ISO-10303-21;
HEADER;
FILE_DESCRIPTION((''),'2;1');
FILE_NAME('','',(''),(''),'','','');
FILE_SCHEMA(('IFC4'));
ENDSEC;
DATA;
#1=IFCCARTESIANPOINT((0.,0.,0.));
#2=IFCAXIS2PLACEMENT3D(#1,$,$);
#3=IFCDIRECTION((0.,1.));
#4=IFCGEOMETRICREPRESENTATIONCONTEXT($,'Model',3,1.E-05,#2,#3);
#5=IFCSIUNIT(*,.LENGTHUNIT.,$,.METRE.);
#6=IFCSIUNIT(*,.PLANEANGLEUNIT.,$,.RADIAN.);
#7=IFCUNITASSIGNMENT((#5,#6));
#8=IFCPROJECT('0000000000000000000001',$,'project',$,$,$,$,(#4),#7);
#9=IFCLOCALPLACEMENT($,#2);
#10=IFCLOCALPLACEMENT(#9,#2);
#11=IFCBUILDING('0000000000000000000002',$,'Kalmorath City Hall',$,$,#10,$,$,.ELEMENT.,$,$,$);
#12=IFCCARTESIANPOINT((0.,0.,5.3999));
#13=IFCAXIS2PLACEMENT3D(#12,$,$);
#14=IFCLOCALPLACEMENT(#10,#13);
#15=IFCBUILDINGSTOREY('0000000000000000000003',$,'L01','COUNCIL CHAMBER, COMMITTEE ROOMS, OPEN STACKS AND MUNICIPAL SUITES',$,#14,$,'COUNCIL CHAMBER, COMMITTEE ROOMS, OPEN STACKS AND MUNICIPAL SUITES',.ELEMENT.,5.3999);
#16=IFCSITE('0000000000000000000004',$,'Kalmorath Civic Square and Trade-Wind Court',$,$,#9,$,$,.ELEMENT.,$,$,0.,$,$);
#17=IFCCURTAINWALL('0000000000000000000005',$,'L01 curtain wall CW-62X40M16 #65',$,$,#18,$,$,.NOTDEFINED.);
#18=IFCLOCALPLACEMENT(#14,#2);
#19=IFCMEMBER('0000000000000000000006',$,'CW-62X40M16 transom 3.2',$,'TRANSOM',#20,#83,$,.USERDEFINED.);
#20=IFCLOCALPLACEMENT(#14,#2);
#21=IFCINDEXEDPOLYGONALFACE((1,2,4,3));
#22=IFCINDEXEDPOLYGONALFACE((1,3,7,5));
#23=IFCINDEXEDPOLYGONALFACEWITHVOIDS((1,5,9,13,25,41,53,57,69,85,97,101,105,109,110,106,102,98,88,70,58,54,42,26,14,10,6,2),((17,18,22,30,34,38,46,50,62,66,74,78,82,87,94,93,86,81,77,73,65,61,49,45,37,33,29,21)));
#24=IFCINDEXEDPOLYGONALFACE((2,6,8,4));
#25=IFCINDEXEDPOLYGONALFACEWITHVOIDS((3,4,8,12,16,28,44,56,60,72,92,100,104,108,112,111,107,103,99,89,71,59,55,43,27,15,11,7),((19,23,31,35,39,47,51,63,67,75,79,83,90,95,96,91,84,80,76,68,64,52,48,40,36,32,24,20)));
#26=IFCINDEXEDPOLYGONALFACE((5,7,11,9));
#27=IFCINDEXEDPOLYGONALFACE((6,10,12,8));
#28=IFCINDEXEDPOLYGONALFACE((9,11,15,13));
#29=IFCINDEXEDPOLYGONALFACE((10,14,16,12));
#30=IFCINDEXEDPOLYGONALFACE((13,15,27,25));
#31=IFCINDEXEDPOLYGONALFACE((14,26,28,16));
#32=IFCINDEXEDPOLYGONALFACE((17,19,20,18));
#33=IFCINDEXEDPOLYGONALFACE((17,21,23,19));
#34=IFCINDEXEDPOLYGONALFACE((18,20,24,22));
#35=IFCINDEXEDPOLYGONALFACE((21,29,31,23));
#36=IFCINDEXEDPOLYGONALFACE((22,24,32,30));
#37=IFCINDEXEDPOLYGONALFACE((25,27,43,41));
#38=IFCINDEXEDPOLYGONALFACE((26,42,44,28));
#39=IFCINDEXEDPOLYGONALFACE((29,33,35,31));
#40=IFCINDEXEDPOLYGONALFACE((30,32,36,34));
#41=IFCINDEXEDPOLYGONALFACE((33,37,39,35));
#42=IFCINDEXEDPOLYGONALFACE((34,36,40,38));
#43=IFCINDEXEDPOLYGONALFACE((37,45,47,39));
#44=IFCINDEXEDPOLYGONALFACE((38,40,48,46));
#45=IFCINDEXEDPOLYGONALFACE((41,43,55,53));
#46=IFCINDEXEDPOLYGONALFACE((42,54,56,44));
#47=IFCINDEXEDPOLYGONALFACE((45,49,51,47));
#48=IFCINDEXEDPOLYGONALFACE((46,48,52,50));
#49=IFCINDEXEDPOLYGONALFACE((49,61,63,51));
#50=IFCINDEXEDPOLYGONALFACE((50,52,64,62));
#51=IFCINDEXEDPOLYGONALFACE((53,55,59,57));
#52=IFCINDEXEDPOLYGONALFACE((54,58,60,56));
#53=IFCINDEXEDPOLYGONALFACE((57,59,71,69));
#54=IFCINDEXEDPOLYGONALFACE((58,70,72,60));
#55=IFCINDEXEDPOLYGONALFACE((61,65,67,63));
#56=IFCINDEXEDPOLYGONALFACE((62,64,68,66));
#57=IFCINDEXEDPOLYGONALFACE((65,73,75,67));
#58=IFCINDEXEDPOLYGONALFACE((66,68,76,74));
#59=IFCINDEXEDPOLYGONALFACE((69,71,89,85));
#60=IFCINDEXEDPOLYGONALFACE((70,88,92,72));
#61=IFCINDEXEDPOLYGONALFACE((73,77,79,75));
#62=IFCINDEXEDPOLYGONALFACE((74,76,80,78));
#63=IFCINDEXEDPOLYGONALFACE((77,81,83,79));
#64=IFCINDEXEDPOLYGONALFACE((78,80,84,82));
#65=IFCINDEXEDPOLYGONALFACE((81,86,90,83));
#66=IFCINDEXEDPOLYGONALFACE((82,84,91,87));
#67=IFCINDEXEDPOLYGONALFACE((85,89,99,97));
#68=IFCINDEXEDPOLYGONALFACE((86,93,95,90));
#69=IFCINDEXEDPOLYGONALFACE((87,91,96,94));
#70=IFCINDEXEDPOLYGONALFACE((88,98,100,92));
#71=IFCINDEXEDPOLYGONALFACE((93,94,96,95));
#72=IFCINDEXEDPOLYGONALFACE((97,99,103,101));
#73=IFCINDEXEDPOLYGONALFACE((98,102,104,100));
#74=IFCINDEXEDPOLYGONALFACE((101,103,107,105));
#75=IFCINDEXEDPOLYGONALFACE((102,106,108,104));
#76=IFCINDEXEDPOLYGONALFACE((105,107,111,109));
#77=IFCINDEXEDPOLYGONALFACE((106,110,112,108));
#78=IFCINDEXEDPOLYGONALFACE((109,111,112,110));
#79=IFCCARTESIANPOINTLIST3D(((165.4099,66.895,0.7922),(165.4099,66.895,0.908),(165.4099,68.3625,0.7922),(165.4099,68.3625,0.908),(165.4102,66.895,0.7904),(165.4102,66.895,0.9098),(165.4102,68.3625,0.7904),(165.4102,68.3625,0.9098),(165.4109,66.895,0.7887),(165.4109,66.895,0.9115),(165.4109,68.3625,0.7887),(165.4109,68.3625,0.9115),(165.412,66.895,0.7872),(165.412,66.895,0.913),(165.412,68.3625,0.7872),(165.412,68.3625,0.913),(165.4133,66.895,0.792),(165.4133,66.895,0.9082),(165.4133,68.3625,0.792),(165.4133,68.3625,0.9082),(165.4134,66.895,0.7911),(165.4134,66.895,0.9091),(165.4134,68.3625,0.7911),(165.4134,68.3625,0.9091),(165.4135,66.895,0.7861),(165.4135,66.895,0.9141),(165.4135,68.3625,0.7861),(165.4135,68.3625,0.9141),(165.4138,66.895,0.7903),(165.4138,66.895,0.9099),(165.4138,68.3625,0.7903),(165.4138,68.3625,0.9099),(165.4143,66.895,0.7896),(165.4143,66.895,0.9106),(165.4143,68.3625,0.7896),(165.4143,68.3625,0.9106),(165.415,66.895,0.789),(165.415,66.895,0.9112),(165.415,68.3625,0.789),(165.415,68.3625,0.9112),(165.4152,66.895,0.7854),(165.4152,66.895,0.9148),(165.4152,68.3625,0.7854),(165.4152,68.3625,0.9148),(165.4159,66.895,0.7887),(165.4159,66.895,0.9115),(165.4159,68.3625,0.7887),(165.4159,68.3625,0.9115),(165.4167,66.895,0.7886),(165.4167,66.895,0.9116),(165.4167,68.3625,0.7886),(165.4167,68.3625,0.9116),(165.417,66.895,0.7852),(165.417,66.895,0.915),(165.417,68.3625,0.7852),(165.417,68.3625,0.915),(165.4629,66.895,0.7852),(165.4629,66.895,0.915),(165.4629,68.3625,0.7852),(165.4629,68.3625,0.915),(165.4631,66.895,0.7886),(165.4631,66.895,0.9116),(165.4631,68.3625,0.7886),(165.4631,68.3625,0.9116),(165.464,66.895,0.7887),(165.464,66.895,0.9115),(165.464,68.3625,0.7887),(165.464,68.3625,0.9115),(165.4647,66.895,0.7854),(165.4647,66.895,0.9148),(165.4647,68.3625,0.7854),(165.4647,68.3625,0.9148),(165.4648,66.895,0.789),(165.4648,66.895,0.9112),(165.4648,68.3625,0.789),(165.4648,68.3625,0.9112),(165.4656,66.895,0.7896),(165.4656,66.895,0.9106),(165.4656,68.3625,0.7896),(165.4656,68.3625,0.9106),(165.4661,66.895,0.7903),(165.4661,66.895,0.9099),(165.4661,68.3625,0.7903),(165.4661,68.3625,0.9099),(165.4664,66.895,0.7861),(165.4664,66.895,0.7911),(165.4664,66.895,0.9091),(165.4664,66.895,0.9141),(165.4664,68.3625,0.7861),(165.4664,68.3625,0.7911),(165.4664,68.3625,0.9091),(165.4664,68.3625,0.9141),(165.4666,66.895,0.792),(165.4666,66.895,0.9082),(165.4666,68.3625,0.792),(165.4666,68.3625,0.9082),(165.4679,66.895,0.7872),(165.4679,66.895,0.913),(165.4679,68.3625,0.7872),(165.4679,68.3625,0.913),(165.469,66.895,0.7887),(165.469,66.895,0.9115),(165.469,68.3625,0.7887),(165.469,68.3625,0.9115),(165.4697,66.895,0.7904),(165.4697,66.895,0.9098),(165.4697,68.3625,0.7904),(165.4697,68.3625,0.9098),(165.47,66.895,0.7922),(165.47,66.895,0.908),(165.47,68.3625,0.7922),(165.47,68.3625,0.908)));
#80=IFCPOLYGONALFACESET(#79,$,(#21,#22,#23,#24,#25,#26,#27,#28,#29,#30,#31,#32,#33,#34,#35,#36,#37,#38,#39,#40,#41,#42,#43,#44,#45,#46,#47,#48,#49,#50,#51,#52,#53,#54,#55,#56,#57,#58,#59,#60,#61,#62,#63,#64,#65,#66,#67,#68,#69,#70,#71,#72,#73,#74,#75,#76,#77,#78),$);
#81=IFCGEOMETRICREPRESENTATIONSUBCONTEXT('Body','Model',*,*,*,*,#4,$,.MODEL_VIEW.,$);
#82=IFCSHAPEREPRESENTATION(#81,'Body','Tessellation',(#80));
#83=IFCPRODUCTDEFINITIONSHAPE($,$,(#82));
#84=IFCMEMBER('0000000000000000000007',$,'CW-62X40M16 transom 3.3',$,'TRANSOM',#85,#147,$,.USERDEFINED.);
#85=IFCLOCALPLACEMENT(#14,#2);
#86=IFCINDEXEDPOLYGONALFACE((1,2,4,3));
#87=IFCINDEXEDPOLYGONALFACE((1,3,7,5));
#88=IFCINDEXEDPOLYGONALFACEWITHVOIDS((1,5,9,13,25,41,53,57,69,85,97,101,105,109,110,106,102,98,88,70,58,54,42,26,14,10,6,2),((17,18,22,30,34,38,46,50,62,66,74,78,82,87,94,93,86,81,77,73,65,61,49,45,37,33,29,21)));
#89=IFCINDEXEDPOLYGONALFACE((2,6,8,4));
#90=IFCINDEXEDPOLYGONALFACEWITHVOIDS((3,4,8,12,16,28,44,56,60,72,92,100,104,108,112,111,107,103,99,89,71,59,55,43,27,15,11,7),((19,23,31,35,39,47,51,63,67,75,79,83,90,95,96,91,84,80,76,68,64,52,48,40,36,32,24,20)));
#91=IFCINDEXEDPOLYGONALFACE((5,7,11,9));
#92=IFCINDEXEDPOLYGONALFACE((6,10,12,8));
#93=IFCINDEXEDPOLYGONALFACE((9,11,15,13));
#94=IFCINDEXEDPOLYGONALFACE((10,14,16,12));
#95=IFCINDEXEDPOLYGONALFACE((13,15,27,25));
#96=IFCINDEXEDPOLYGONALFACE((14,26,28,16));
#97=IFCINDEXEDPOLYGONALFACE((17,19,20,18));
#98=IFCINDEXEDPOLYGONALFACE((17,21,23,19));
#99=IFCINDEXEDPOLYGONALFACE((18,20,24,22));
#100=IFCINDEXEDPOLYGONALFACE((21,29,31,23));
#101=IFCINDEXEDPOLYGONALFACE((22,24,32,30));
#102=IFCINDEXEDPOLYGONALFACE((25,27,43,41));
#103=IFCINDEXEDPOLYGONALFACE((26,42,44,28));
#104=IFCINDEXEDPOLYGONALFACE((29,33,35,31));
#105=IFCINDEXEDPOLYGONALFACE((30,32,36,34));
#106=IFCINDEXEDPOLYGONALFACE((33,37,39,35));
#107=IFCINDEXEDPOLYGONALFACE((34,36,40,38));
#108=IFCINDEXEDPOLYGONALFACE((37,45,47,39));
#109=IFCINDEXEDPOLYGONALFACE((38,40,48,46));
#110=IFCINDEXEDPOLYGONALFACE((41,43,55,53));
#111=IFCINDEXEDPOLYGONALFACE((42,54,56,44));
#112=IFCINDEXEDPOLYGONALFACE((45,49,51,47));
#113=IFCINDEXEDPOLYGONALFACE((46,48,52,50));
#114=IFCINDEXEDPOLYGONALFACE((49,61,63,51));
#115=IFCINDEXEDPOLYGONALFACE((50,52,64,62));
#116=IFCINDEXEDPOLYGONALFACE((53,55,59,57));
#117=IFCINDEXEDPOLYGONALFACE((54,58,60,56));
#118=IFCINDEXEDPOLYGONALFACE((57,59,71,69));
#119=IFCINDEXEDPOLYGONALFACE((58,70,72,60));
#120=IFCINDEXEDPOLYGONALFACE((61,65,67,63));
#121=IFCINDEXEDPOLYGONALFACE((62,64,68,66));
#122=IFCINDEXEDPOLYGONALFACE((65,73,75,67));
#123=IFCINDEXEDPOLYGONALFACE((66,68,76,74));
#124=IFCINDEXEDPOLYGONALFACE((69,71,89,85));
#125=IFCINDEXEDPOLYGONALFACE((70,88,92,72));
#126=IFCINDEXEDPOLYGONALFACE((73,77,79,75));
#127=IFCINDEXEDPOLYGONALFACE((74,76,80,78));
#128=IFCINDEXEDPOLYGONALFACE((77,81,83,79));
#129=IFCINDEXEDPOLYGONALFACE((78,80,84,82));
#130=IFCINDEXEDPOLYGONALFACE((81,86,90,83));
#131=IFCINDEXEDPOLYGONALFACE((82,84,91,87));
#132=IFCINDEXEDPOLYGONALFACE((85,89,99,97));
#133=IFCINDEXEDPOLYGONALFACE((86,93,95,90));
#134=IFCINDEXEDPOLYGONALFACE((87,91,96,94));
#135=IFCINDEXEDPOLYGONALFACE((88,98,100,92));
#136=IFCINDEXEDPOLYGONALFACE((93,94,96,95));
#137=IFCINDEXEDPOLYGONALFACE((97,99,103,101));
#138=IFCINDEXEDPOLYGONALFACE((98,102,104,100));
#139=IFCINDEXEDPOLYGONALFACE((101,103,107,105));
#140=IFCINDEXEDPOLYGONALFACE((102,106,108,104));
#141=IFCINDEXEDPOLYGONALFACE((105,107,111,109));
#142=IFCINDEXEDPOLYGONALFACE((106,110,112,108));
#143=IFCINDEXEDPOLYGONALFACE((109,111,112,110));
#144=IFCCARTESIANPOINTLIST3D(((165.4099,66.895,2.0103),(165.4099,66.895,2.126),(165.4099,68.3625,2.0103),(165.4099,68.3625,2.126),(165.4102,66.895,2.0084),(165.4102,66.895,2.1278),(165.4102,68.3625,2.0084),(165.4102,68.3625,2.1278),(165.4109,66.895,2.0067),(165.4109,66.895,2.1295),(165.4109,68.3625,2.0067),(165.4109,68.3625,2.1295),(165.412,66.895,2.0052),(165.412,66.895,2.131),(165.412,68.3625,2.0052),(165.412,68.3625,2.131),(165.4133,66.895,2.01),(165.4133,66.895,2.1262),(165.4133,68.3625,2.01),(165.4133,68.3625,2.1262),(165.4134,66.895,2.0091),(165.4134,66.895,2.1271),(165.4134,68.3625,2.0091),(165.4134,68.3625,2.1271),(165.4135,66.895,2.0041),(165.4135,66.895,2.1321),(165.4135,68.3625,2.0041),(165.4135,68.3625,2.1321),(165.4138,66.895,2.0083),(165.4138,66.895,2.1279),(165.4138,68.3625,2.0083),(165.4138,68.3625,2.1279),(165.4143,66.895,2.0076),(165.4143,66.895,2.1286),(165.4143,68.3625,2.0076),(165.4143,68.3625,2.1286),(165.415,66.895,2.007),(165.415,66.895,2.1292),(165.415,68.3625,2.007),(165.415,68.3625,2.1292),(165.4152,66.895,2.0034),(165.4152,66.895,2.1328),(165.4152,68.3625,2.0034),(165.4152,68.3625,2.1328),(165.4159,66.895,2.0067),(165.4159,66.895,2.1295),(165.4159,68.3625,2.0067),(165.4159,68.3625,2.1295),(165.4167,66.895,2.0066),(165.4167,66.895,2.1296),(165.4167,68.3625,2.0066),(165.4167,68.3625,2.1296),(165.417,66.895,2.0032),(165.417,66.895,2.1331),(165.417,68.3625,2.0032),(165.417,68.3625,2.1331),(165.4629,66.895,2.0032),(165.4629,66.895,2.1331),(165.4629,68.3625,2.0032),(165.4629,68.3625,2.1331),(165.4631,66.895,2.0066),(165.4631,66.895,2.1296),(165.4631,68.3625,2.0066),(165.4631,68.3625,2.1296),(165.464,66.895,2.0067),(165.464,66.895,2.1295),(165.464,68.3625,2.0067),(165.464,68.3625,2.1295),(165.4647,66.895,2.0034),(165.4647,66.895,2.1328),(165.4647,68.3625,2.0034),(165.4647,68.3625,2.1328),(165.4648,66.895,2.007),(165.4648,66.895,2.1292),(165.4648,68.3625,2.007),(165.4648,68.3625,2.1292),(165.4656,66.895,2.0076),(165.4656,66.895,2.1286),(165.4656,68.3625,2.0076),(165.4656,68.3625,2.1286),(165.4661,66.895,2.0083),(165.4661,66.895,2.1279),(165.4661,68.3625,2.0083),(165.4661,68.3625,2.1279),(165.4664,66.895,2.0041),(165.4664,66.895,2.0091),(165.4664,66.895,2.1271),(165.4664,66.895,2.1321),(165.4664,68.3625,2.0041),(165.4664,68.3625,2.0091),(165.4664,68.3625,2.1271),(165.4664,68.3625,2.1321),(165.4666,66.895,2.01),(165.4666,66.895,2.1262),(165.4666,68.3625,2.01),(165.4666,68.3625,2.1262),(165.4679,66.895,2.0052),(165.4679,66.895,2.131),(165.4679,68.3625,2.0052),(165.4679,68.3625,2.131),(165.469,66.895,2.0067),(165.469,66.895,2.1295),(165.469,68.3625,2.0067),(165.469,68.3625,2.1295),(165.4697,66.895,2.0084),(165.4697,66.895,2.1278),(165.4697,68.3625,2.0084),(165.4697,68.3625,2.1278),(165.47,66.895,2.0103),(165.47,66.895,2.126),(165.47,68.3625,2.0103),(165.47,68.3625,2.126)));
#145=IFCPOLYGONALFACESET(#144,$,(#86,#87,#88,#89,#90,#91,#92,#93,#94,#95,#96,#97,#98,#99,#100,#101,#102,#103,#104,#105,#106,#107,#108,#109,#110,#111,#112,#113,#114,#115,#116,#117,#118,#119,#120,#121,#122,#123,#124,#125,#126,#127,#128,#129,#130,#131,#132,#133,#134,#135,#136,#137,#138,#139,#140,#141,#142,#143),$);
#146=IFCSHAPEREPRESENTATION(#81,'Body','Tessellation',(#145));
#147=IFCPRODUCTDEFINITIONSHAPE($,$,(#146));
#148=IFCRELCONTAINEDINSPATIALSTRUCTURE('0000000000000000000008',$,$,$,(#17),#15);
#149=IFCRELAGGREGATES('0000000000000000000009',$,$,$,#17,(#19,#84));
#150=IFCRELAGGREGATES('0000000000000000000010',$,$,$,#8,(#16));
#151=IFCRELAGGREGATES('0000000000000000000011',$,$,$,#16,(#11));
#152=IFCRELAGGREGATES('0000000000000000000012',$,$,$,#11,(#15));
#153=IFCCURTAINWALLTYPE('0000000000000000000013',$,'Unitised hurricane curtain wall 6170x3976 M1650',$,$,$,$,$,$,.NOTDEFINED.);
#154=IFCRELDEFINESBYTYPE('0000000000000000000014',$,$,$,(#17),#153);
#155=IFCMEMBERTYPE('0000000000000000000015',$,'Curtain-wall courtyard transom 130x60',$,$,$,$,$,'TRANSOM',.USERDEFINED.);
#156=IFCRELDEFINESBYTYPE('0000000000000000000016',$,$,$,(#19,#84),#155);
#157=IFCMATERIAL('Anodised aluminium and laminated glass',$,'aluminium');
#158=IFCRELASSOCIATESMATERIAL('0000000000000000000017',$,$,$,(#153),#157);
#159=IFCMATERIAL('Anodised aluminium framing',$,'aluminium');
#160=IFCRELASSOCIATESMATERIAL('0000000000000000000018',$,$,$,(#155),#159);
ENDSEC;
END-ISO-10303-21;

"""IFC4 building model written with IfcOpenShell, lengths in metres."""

from ifc_helpers import new_model, si_unit, direction, frame, origin, origin_2d, place, context, subcontext, project, spatial, hollow_rectangle, extrude, material, material_profile, profile_set, type_object, element, aggregate, save


model = new_model("IFC4")

# Units and contexts
model_context = context("Model", 3, precision=1e-05, world=origin(), true_north=direction((0.0, 1.0)))
body_context = subcontext(model_context, "Body", "Model", "MODEL_VIEW")
ifc_project = project(units=[si_unit("LENGTHUNIT", "METRE"), si_unit("PLANEANGLEUNIT", "RADIAN")], contexts=[model_context])

# Site, building, storey
site_placement = place(None, origin())
site = spatial("IfcSite", under=ifc_project, at=site_placement, Name="Kalmorath Civic Square and Trade-Wind Court", CompositionType="ELEMENT", RefElevation=0.0)
building_placement = place(site_placement, origin())
building = spatial("IfcBuilding", under=site, at=building_placement, Name="Kalmorath City Hall", CompositionType="ELEMENT")
storey_placement = place(building_placement, frame((0.0, 0.0, 5.3999)))
storey = spatial("IfcBuildingStorey", under=building, at=storey_placement, Name="L01", Description="COUNCIL CHAMBER, COMMITTEE ROOMS, OPEN STACKS AND MUNICIPAL SUITES", LongName="COUNCIL CHAMBER, COMMITTEE ROOMS, OPEN STACKS AND MUNICIPAL SUITES", CompositionType="ELEMENT", Elevation=5.3999)

# Curtain wall, members
ifc_material_1 = material(Name="Anodised aluminium and laminated glass", Category="aluminium")
curtain_wall_type = type_object("IfcCurtainWallType", Name="Unitised hurricane curtain wall 6170x3976 M1650", PredefinedType="NOTDEFINED", material=ifc_material_1)
curtain_wall_placement = place(storey_placement, origin())
curtain_wall = element("IfcCurtainWall", 1, at=curtain_wall_placement, inside=storey, type_object=curtain_wall_type, Name="L01 curtain wall CW-62X40M16 #65", PredefinedType="NOTDEFINED")
ifc_material_2 = material(Name="Anodised aluminium framing", Category="aluminium")
ifc_material_profile_1 = material_profile(ifc_material_2, hollow_rectangle(XDim=0.0601, YDim=0.1299, WallThickness=0.0034, InnerFilletRadius=0.0034, OuterFilletRadius=0.0071, at=origin_2d()), Name="ALU-TRN-130X60X3.5")
ifc_profile_set_1 = profile_set([ifc_material_profile_1], Name="Anodised aluminium framing")
member_type_1 = type_object("IfcMemberType", Name="Curtain-wall courtyard transom 130x60", ElementType="TRANSOM", PredefinedType="USERDEFINED", material=ifc_profile_set_1)
member_1_placement = place(storey_placement, frame((165.4399, 68.3625, 0.8501), z_axis=(0.0, -1.0, 0.0), x_axis=(1.0, 0.0, 0.0)))
member_1 = element("IfcMember", 2, at=member_1_placement, type_object=member_type_1, Name="CW-62X40M16 transom 3.2", ObjectType="TRANSOM", PredefinedType="USERDEFINED", context=body_context, shape_type="SweptSolid", body=[
    extrude(hollow_rectangle(XDim=0.0601, YDim=0.1299, WallThickness=0.0034, InnerFilletRadius=0.0034, OuterFilletRadius=0.0071, at=origin_2d()), origin(), (0.0, 0.0, 1.0), 1.4675),
])
member_2_placement = place(storey_placement, frame((165.4399, 68.3625, 2.0681), z_axis=(0.0, -1.0, 0.0), x_axis=(1.0, 0.0, 0.0)))
member_2 = element("IfcMember", 3, at=member_2_placement, type_object=member_type_1, Name="CW-62X40M16 transom 3.3", ObjectType="TRANSOM", PredefinedType="USERDEFINED", context=body_context, shape_type="SweptSolid", body=[
    extrude(hollow_rectangle(XDim=0.0601, YDim=0.1299, WallThickness=0.0034, InnerFilletRadius=0.0034, OuterFilletRadius=0.0071, at=origin_2d()), origin(), (0.0, 0.0, 1.0), 1.4675),
])
aggregate(curtain_wall, [member_1, member_2])

save(model, "model.ifc")
